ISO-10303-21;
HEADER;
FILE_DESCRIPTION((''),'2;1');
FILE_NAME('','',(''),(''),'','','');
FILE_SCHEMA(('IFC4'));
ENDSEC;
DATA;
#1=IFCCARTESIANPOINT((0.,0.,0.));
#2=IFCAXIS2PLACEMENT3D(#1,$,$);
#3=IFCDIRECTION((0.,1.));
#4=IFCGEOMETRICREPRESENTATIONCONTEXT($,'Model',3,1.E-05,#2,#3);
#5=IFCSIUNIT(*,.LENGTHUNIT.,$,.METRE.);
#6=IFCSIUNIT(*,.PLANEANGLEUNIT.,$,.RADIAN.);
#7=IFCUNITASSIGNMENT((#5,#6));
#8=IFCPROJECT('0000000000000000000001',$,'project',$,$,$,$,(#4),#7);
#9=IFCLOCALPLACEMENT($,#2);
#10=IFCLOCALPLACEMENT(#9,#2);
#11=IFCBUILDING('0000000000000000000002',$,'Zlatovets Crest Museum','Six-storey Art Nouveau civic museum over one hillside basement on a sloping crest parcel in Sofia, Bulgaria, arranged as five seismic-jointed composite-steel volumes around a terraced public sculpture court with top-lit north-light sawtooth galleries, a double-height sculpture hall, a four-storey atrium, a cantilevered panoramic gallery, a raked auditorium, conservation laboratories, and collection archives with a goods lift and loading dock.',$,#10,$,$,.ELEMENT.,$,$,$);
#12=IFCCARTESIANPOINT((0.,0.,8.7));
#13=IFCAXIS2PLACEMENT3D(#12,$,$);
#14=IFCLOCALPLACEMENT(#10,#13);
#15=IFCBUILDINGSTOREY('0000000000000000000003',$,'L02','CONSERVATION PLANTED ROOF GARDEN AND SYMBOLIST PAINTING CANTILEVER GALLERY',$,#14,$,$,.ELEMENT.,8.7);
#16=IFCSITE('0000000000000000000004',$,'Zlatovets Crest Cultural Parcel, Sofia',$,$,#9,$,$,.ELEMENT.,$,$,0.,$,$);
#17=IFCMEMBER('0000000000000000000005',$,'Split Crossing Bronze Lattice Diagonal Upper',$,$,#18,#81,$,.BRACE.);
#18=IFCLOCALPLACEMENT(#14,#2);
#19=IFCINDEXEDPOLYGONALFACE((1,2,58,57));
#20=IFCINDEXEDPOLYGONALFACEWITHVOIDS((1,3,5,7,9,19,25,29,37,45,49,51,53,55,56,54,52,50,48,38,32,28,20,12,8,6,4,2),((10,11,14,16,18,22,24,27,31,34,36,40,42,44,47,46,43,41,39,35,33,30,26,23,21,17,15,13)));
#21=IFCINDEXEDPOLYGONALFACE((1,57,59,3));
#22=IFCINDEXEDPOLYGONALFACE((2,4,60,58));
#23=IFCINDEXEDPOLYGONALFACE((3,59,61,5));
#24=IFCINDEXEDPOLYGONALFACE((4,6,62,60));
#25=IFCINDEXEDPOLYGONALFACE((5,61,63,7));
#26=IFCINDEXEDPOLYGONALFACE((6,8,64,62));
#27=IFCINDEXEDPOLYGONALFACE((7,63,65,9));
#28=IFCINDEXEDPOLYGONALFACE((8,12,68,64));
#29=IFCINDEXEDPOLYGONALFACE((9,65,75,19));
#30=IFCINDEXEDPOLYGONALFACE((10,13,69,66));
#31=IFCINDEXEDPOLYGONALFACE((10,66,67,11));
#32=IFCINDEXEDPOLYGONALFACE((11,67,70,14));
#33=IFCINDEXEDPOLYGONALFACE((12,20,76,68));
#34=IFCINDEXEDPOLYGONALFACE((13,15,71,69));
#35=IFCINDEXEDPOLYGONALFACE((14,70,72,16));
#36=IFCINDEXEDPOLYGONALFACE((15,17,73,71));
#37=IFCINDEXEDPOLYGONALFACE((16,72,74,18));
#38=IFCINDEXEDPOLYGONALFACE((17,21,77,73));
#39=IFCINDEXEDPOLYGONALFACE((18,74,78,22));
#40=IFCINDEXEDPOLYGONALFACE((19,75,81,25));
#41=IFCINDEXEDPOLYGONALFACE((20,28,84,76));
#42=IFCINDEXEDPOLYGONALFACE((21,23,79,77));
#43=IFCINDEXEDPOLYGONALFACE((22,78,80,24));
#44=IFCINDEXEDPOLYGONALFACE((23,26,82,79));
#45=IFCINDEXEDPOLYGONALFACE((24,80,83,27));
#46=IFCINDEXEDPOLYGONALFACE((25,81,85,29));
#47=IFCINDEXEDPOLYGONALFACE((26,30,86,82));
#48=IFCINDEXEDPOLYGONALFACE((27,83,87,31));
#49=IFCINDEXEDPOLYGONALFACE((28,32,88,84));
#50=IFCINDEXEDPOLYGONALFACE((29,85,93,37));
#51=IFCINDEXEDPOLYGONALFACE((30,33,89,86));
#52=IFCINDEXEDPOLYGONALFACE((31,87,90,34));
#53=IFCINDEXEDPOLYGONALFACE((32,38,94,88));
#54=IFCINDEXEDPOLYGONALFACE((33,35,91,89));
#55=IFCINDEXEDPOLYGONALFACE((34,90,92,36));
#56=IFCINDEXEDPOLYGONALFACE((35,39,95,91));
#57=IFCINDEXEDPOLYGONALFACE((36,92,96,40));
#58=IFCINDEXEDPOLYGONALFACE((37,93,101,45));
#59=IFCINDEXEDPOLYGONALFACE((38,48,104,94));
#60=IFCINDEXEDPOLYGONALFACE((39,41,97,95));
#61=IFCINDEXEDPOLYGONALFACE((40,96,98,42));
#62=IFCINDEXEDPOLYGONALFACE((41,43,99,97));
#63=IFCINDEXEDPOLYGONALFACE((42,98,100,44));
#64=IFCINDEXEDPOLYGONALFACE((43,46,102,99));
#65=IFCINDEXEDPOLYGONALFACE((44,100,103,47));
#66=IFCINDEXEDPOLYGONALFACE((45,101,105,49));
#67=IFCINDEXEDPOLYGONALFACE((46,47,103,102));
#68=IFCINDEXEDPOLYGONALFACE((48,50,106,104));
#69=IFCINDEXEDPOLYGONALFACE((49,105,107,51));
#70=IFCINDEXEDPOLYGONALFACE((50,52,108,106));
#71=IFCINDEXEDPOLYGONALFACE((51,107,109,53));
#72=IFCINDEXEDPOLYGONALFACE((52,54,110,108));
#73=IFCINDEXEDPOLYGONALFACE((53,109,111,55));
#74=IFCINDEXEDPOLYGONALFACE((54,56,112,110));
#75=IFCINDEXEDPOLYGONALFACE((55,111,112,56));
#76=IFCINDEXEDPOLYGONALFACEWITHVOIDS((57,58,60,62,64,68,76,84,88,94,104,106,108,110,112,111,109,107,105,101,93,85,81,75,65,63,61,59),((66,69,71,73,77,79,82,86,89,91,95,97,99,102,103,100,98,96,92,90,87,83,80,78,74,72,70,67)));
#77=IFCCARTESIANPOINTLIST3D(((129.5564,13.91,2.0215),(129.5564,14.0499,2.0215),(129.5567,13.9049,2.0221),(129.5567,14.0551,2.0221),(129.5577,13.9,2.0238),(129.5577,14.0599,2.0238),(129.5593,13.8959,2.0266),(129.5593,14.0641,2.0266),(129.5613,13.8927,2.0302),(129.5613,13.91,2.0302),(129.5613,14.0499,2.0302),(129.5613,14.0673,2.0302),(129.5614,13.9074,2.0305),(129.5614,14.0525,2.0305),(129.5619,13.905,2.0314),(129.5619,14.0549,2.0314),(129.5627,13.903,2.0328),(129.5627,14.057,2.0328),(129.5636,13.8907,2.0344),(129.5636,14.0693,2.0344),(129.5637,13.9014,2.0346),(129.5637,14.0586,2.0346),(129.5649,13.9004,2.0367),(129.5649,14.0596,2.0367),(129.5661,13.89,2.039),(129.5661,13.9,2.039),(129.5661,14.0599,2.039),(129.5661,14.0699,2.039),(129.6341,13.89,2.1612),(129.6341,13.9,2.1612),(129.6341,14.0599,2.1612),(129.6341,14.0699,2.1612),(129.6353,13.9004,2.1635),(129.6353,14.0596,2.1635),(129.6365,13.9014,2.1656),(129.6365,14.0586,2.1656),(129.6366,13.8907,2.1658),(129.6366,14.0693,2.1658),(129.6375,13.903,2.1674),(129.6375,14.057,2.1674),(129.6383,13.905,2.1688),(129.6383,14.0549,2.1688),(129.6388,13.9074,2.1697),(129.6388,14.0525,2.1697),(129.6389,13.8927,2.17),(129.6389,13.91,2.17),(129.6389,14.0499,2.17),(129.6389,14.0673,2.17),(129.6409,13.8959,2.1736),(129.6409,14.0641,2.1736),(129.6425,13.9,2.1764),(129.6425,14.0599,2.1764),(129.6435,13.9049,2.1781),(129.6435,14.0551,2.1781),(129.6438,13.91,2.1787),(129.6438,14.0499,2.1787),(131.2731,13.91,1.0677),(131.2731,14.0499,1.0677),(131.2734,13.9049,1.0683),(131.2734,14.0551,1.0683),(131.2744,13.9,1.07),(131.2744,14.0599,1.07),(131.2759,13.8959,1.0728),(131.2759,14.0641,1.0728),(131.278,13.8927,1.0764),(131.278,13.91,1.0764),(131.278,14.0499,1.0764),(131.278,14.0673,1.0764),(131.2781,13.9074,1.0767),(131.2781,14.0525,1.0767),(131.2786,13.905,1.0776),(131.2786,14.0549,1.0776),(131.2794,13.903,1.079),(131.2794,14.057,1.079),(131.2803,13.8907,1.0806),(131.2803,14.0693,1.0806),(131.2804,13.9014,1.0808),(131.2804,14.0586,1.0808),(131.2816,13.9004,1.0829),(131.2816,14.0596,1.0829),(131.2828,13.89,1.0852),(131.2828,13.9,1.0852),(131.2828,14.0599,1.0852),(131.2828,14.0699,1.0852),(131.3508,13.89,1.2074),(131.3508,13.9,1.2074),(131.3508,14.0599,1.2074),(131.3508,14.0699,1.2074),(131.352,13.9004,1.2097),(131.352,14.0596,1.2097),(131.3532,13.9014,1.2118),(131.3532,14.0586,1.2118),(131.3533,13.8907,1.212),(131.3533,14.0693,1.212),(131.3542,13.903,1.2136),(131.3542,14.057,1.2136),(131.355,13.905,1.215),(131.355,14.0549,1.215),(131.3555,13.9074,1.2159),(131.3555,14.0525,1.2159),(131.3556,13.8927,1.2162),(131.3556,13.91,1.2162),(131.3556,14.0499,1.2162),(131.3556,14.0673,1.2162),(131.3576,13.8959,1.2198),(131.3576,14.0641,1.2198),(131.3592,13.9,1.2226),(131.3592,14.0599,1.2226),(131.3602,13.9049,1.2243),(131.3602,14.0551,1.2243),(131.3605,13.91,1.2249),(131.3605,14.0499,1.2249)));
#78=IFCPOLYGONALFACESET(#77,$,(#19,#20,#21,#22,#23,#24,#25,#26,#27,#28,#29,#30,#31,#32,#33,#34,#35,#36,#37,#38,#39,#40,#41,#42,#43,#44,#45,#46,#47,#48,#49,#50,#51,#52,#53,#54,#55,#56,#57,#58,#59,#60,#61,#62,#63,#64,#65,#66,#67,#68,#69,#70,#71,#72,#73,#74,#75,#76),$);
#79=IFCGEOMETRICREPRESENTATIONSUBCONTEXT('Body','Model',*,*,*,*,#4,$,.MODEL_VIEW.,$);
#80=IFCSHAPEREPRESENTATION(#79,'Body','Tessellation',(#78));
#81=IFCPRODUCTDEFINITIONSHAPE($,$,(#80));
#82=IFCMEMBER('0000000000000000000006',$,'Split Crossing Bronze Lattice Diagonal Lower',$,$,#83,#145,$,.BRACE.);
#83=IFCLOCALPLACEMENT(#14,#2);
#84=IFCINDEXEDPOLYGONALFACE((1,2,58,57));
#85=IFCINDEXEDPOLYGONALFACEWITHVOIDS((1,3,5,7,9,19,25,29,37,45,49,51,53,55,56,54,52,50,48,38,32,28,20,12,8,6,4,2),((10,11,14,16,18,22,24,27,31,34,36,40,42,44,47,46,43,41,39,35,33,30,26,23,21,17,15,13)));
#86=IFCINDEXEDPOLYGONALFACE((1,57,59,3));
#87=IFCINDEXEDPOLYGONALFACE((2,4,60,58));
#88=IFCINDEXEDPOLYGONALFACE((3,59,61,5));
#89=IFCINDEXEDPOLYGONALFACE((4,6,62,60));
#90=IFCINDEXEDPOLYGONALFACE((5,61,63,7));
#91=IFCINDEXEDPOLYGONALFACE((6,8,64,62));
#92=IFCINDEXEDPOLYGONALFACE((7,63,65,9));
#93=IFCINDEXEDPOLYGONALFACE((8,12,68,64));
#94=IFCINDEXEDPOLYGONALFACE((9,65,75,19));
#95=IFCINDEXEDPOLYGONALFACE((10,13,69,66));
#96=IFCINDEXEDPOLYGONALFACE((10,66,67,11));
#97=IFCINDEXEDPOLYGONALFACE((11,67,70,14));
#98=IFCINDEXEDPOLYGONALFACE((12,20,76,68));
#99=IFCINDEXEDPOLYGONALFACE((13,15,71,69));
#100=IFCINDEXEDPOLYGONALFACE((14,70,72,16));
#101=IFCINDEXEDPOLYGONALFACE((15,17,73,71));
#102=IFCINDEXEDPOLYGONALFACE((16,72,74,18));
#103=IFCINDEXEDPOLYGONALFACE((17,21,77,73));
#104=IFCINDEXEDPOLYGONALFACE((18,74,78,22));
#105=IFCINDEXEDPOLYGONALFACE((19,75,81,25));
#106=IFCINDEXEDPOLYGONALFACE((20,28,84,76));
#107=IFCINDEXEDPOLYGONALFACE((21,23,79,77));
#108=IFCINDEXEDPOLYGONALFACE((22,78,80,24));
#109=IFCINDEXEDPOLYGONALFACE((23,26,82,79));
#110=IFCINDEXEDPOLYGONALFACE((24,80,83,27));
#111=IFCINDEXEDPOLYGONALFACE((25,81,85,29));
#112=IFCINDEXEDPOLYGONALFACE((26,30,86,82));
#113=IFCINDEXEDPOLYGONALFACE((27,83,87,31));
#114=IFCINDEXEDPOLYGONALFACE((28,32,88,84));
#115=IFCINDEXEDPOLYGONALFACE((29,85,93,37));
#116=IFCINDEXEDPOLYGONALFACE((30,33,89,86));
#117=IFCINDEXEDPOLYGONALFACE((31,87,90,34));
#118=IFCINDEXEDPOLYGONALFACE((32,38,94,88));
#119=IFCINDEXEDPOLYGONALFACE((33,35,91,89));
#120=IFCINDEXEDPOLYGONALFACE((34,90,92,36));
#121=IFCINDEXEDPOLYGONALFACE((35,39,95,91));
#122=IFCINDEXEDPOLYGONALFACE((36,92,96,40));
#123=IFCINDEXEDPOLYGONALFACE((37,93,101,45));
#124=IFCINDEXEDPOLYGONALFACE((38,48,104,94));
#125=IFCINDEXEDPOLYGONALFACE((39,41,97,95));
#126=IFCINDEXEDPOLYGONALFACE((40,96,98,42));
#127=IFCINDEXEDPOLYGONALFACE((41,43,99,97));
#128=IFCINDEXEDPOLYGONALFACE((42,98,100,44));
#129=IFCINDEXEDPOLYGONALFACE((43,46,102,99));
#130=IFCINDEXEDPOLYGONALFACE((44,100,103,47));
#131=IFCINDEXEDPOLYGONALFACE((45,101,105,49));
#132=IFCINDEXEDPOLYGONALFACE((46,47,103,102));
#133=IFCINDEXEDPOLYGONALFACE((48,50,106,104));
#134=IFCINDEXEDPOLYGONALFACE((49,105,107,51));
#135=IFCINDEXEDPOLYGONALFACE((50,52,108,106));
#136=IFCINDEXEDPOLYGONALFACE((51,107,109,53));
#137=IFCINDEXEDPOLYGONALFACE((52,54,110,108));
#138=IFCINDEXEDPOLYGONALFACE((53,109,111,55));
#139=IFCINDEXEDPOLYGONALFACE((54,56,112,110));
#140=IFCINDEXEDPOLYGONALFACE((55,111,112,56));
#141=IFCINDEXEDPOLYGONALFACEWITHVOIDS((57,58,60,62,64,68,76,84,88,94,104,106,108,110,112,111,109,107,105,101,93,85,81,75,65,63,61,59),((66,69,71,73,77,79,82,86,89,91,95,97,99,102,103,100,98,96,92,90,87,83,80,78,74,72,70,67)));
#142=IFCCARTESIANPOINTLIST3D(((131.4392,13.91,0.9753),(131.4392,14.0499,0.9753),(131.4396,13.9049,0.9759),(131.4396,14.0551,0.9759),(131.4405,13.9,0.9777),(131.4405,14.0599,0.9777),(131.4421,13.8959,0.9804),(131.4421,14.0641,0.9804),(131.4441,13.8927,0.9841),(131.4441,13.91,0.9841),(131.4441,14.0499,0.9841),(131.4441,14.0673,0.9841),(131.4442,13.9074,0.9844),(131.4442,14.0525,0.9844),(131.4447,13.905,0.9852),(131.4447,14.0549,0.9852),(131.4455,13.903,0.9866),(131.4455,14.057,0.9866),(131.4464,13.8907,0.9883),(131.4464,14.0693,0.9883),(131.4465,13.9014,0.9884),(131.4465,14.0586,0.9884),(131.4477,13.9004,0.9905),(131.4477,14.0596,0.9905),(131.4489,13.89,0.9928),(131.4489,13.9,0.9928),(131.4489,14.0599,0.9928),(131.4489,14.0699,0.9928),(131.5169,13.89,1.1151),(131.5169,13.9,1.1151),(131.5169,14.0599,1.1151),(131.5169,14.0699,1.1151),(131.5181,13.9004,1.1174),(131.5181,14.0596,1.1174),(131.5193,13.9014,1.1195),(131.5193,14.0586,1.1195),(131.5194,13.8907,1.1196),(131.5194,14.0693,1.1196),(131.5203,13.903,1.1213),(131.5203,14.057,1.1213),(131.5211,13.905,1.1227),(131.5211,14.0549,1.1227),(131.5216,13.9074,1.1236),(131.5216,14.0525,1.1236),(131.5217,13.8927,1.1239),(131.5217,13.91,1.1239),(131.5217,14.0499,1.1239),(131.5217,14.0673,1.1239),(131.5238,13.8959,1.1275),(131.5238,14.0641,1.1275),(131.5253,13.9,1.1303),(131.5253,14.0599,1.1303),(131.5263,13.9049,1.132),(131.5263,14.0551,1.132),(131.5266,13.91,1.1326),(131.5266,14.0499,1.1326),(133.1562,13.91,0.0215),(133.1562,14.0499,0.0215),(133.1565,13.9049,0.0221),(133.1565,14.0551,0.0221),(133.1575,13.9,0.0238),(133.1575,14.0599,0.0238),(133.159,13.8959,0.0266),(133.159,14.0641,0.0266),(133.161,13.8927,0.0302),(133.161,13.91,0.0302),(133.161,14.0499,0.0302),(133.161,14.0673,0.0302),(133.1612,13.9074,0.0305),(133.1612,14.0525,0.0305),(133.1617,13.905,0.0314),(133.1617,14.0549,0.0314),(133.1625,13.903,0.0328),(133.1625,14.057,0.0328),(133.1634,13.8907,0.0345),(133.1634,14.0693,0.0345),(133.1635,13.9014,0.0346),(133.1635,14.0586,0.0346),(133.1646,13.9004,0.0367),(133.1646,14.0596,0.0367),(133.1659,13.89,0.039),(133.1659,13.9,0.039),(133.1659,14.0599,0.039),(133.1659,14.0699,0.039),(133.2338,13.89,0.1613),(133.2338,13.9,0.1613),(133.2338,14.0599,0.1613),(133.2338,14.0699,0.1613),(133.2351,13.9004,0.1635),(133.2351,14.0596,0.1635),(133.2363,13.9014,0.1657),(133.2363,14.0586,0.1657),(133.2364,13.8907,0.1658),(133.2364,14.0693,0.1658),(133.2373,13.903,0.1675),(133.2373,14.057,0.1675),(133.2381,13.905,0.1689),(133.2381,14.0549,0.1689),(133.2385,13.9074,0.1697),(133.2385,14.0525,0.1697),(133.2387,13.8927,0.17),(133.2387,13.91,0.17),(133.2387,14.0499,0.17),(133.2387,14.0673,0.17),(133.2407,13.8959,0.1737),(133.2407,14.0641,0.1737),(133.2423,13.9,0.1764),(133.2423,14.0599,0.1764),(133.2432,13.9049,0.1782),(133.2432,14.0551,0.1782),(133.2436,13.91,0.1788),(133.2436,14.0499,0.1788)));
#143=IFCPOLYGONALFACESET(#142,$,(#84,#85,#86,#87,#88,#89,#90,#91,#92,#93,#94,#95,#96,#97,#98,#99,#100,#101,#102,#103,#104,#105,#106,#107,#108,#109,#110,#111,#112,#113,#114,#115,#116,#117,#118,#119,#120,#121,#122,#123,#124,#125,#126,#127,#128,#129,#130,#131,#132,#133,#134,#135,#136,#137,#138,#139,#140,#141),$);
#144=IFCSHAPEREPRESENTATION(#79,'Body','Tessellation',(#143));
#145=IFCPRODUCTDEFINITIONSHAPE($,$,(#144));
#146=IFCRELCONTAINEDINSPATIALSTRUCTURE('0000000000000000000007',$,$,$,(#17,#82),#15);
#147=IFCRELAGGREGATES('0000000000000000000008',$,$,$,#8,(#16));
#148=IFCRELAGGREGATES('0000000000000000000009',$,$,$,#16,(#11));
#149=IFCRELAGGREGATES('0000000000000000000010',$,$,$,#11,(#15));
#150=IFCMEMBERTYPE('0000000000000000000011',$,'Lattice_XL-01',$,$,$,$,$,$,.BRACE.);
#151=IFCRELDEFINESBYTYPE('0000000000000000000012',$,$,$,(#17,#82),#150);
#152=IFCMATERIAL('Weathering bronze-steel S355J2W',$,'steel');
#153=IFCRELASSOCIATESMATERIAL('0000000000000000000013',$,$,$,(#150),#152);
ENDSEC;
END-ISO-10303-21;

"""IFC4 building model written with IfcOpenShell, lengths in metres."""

from ifc_helpers import new_model, si_unit, direction, frame, origin, origin_2d, place, context, subcontext, project, spatial, hollow_rectangle, extrude, material, material_profile, profile_set, type_object, element, save


model = new_model("IFC4")

# Units and contexts
model_context = context("Model", 3, precision=1e-05, world=origin(), true_north=direction((0.0, 1.0)))
body_context = subcontext(model_context, "Body", "Model", "MODEL_VIEW")
ifc_project = project(units=[si_unit("LENGTHUNIT", "METRE"), si_unit("PLANEANGLEUNIT", "RADIAN")], contexts=[model_context])

# Site, building, storey
site_placement = place(None, origin())
site = spatial("IfcSite", under=ifc_project, at=site_placement, Name="Zlatovets Crest Cultural Parcel, Sofia", CompositionType="ELEMENT", RefElevation=0.0)
building_placement = place(site_placement, origin())
building = spatial("IfcBuilding", under=site, at=building_placement, Name="Zlatovets Crest Museum", Description="Six-storey Art Nouveau civic museum over one hillside basement on a sloping crest parcel in Sofia, Bulgaria, arranged as five seismic-jointed composite-steel volumes around a terraced public sculpture court with top-lit north-light sawtooth galleries, a double-height sculpture hall, a four-storey atrium, a cantilevered panoramic gallery, a raked auditorium, conservation laboratories, and collection archives with a goods lift and loading dock.", CompositionType="ELEMENT")
storey_placement = place(building_placement, frame((0.0, 0.0, 8.7)))
storey = spatial("IfcBuildingStorey", under=building, at=storey_placement, Name="L02", Description="CONSERVATION PLANTED ROOF GARDEN AND SYMBOLIST PAINTING CANTILEVER GALLERY", CompositionType="ELEMENT", Elevation=8.7)

# Members
ifc_material_1 = material(Name="Weathering bronze-steel S355J2W", Category="steel")
ifc_material_profile_1 = material_profile(ifc_material_1, hollow_rectangle(XDim=0.1799, YDim=0.1799, WallThickness=0.01, InnerFilletRadius=0.01, OuterFilletRadius=0.02, at=origin_2d()), Name="SHS 180x180x10.0")
ifc_profile_set_1 = profile_set([ifc_material_profile_1], Name="Weathering bronze-steel S355J2W")
member_type_1 = type_object("IfcMemberType", Name="Lattice_XL-01", PredefinedType="BRACE", material=ifc_profile_set_1)
member_1_placement = place(storey_placement, frame((129.6001, 13.98, 2.1001), z_axis=(0.87414, 0.0, -0.485675), x_axis=(0.0, 1.0, 0.0)))
element("IfcMember", 1, at=member_1_placement, inside=storey, type_object=member_type_1, Name="Split Crossing Bronze Lattice Diagonal Upper", PredefinedType="BRACE", context=body_context, shape_type="SweptSolid", body=[
    extrude(hollow_rectangle(XDim=0.1799, YDim=0.1799, WallThickness=0.01, InnerFilletRadius=0.01, OuterFilletRadius=0.02, at=origin_2d()), origin(), (0.0, 0.0, 1.0), 1.9639),
])
member_2_placement = place(storey_placement, frame((131.4829, 13.98, 1.054), z_axis=(0.874169, 0.0, -0.485622), x_axis=(0.0, 1.0, 0.0)))
element("IfcMember", 2, at=member_2_placement, inside=storey, type_object=member_type_1, Name="Split Crossing Bronze Lattice Diagonal Lower", PredefinedType="BRACE", context=body_context, shape_type="SweptSolid", body=[
    extrude(hollow_rectangle(XDim=0.1799, YDim=0.1799, WallThickness=0.01, InnerFilletRadius=0.01, OuterFilletRadius=0.02, at=origin_2d()), origin(), (0.0, 0.0, 1.0), 1.9641),
])

save(model, "model.ifc")
